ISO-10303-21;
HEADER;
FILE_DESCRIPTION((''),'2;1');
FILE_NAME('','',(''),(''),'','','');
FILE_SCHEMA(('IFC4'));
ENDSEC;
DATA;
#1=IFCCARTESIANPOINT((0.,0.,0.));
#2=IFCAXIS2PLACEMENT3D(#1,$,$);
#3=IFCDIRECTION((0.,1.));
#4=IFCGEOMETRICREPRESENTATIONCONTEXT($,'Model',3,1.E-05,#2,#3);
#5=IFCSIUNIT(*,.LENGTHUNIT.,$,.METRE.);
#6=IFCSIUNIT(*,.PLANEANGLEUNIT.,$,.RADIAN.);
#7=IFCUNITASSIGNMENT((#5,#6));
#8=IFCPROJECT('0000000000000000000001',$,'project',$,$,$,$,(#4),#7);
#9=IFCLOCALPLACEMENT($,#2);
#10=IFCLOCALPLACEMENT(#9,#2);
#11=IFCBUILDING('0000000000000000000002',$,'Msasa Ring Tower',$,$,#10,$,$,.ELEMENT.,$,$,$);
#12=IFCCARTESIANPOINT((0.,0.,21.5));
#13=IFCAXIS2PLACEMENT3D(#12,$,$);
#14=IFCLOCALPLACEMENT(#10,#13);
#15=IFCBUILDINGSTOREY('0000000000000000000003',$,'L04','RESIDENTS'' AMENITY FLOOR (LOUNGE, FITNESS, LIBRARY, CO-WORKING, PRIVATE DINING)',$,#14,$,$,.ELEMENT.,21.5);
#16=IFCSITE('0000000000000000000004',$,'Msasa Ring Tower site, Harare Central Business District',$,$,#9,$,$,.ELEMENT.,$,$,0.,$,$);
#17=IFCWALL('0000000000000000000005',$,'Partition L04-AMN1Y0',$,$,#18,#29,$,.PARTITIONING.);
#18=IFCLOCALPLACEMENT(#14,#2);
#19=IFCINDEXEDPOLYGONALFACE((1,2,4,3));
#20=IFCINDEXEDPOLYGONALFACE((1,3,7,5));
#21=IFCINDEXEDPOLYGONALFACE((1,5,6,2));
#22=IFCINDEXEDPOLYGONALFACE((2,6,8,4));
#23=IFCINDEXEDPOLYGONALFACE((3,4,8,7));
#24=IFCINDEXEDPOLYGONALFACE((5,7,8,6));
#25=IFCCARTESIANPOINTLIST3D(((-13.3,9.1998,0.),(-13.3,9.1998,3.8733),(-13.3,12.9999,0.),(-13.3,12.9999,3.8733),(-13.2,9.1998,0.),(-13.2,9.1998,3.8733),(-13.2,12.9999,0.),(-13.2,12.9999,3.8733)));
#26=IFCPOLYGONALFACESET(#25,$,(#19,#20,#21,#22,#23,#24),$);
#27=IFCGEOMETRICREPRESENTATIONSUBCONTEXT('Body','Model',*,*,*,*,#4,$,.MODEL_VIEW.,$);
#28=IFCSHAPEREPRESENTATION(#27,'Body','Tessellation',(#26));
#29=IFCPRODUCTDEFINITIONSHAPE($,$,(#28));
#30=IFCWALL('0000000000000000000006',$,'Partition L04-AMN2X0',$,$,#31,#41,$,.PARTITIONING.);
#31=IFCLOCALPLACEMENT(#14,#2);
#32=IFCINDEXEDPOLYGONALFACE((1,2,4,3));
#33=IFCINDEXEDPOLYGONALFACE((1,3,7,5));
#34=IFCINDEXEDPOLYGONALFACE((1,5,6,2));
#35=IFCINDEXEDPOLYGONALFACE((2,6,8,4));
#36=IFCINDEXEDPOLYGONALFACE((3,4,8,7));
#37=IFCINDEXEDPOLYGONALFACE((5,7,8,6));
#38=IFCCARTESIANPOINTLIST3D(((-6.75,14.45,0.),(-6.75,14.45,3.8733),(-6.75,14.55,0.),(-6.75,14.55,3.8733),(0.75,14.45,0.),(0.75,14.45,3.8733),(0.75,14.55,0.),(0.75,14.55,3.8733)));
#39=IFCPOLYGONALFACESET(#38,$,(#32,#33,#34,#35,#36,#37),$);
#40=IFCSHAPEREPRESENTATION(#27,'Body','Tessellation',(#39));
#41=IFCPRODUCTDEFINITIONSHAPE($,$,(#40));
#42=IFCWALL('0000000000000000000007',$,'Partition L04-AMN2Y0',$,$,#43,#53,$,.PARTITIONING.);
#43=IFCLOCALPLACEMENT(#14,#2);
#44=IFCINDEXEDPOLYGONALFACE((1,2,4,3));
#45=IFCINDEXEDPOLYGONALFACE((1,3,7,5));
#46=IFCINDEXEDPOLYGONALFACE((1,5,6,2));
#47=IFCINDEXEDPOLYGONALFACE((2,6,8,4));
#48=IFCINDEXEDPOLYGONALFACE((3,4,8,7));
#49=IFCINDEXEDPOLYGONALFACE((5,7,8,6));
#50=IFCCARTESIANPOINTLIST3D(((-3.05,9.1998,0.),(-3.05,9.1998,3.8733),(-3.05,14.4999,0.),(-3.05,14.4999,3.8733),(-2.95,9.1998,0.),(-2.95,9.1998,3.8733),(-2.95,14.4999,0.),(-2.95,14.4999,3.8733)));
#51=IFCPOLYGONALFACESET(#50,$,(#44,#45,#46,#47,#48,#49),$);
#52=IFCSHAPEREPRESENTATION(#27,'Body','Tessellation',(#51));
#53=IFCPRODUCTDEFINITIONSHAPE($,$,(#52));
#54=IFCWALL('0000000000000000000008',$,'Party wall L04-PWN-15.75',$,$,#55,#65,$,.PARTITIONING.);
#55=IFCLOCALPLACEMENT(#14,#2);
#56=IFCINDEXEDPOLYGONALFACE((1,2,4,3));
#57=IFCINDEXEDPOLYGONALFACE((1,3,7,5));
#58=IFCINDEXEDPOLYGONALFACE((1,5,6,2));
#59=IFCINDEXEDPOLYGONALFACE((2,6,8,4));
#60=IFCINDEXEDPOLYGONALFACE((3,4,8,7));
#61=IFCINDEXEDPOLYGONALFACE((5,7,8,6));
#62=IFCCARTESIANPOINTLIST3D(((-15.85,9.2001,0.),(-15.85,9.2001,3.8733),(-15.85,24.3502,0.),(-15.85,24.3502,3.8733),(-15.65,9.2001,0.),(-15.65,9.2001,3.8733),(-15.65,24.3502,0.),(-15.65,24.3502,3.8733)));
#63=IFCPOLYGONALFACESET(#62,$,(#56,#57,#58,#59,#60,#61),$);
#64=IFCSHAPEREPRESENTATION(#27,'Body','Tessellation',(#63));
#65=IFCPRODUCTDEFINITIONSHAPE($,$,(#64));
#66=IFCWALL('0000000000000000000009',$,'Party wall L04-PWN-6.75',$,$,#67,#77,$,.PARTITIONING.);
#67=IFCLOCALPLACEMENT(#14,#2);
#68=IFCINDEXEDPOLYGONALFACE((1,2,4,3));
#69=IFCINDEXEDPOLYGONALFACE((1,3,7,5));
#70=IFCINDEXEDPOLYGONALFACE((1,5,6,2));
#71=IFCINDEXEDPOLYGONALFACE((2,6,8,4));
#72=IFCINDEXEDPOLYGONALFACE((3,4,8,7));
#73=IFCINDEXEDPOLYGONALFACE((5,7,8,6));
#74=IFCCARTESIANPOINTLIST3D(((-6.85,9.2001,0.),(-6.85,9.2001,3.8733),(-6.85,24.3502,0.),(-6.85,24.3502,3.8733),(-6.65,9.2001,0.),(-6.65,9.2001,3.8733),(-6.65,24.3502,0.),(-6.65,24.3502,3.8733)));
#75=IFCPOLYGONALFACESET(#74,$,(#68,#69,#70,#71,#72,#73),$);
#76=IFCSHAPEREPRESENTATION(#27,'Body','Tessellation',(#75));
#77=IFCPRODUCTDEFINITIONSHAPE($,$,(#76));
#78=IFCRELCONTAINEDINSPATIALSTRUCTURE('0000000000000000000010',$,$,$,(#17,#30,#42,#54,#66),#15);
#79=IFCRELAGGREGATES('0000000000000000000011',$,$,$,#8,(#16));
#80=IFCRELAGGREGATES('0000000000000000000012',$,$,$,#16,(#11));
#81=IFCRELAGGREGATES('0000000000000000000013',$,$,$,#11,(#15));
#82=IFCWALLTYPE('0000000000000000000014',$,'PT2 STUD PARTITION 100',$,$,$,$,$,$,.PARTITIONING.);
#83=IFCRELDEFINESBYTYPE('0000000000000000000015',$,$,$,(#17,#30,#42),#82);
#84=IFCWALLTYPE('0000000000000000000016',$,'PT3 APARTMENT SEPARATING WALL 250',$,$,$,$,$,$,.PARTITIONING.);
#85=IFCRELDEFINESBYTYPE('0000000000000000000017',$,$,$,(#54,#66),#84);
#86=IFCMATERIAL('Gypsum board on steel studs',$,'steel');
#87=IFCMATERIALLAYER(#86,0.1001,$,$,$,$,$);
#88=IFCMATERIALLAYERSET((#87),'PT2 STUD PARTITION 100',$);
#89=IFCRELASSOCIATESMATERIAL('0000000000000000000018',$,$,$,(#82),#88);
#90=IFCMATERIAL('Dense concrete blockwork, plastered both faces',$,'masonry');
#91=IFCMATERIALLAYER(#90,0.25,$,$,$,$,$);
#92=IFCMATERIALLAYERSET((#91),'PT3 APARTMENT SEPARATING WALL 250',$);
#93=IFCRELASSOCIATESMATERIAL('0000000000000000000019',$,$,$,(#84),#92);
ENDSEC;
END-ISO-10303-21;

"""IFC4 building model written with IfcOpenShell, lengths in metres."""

from ifc_helpers import new_model, si_unit, direction, frame, frame_2d, origin, place, context, subcontext, project, spatial, rectangle, extrude, material, layer, layer_set, type_object, element, save


model = new_model("IFC4")

# Units and contexts
model_context = context("Model", 3, precision=1e-05, world=origin(), true_north=direction((0.0, 1.0)))
body_context = subcontext(model_context, "Body", "Model", "MODEL_VIEW")
ifc_project = project(units=[si_unit("LENGTHUNIT", "METRE"), si_unit("PLANEANGLEUNIT", "RADIAN")], contexts=[model_context])

# Site, building, storey
site_placement = place(None, origin())
site = spatial("IfcSite", under=ifc_project, at=site_placement, Name="Msasa Ring Tower site, Harare Central Business District", CompositionType="ELEMENT", RefElevation=0.0)
building_placement = place(site_placement, origin())
building = spatial("IfcBuilding", under=site, at=building_placement, Name="Msasa Ring Tower", CompositionType="ELEMENT")
storey_placement = place(building_placement, frame((0.0, 0.0, 21.5)))
storey = spatial("IfcBuildingStorey", under=building, at=storey_placement, Name="L04", Description="RESIDENTS' AMENITY FLOOR (LOUNGE, FITNESS, LIBRARY, CO-WORKING, PRIVATE DINING)", CompositionType="ELEMENT", Elevation=21.5)

# Walls
ifc_material_1 = material(Name="Gypsum board on steel studs", Category="steel")
ifc_layer_1 = layer(ifc_material_1, 0.1001)
ifc_layer_set_1 = layer_set([ifc_layer_1], Name="PT2 STUD PARTITION 100")
wall_type_1 = type_object("IfcWallType", Name="PT2 STUD PARTITION 100", PredefinedType="PARTITIONING", material=ifc_layer_set_1)
wall_1_placement = place(storey_placement, frame((-13.25, 9.2, 0.0), z_axis=(0.0, 0.0, 1.0), x_axis=(0.0, 1.0, 0.0)))
element("IfcWall", 1, at=wall_1_placement, inside=storey, type_object=wall_type_1, Name="Partition L04-AMN1Y0", PredefinedType="PARTITIONING", context=body_context, shape_type="SweptSolid", body=[
    extrude(rectangle(XDim=3.8, YDim=0.1001, at=frame_2d((1.8999, 0.0))), origin(), (0.0, 0.0, 1.0), 3.8733),
])
wall_2_placement = place(storey_placement, frame((-6.75, 14.5, 0.0), z_axis=(0.0, 0.0, 1.0), x_axis=(1.0, 0.0, 0.0)))
element("IfcWall", 2, at=wall_2_placement, inside=storey, type_object=wall_type_1, Name="Partition L04-AMN2X0", PredefinedType="PARTITIONING", context=body_context, shape_type="SweptSolid", body=[
    extrude(rectangle(XDim=7.5, YDim=0.1001, at=frame_2d((3.75, 0.0))), origin(), (0.0, 0.0, 1.0), 3.8733),
])
wall_3_placement = place(storey_placement, frame((-3.0, 9.2, 0.0), z_axis=(0.0, 0.0, 1.0), x_axis=(0.0, 1.0, 0.0)))
element("IfcWall", 3, at=wall_3_placement, inside=storey, type_object=wall_type_1, Name="Partition L04-AMN2Y0", PredefinedType="PARTITIONING", context=body_context, shape_type="SweptSolid", body=[
    extrude(rectangle(XDim=5.3, YDim=0.1001, at=frame_2d((2.6499, 0.0))), origin(), (0.0, 0.0, 1.0), 3.8733),
])
ifc_material_2 = material(Name="Dense concrete blockwork, plastered both faces", Category="masonry")
ifc_layer_2 = layer(ifc_material_2, 0.25)
ifc_layer_set_2 = layer_set([ifc_layer_2], Name="PT3 APARTMENT SEPARATING WALL 250")
wall_type_2 = type_object("IfcWallType", Name="PT3 APARTMENT SEPARATING WALL 250", PredefinedType="PARTITIONING", material=ifc_layer_set_2)
for number, where, z_axis, x_axis, name in (
    (4, (-15.75, 9.2, 0.0), (0.0, 0.0, 1.0), (0.0, 1.0, 0.0), "Party wall L04-PWN-15.75"),
    (5, (-6.75, 9.2, 0.0), (0.0, 0.0, 1.0), (0.0, 1.0, 0.0), "Party wall L04-PWN-6.75"),
):
    element("IfcWall", number, at=place(storey_placement, frame(where, z_axis=z_axis, x_axis=x_axis)), inside=storey, type_object=wall_type_2, Name=name, PredefinedType="PARTITIONING", context=body_context, shape_type="SweptSolid", body=[
        extrude(rectangle(XDim=15.1501, YDim=0.2, at=frame_2d((7.5752, 0.0))), origin(), (0.0, 0.0, 1.0), 3.8733),
    ])

save(model, "model.ifc")
